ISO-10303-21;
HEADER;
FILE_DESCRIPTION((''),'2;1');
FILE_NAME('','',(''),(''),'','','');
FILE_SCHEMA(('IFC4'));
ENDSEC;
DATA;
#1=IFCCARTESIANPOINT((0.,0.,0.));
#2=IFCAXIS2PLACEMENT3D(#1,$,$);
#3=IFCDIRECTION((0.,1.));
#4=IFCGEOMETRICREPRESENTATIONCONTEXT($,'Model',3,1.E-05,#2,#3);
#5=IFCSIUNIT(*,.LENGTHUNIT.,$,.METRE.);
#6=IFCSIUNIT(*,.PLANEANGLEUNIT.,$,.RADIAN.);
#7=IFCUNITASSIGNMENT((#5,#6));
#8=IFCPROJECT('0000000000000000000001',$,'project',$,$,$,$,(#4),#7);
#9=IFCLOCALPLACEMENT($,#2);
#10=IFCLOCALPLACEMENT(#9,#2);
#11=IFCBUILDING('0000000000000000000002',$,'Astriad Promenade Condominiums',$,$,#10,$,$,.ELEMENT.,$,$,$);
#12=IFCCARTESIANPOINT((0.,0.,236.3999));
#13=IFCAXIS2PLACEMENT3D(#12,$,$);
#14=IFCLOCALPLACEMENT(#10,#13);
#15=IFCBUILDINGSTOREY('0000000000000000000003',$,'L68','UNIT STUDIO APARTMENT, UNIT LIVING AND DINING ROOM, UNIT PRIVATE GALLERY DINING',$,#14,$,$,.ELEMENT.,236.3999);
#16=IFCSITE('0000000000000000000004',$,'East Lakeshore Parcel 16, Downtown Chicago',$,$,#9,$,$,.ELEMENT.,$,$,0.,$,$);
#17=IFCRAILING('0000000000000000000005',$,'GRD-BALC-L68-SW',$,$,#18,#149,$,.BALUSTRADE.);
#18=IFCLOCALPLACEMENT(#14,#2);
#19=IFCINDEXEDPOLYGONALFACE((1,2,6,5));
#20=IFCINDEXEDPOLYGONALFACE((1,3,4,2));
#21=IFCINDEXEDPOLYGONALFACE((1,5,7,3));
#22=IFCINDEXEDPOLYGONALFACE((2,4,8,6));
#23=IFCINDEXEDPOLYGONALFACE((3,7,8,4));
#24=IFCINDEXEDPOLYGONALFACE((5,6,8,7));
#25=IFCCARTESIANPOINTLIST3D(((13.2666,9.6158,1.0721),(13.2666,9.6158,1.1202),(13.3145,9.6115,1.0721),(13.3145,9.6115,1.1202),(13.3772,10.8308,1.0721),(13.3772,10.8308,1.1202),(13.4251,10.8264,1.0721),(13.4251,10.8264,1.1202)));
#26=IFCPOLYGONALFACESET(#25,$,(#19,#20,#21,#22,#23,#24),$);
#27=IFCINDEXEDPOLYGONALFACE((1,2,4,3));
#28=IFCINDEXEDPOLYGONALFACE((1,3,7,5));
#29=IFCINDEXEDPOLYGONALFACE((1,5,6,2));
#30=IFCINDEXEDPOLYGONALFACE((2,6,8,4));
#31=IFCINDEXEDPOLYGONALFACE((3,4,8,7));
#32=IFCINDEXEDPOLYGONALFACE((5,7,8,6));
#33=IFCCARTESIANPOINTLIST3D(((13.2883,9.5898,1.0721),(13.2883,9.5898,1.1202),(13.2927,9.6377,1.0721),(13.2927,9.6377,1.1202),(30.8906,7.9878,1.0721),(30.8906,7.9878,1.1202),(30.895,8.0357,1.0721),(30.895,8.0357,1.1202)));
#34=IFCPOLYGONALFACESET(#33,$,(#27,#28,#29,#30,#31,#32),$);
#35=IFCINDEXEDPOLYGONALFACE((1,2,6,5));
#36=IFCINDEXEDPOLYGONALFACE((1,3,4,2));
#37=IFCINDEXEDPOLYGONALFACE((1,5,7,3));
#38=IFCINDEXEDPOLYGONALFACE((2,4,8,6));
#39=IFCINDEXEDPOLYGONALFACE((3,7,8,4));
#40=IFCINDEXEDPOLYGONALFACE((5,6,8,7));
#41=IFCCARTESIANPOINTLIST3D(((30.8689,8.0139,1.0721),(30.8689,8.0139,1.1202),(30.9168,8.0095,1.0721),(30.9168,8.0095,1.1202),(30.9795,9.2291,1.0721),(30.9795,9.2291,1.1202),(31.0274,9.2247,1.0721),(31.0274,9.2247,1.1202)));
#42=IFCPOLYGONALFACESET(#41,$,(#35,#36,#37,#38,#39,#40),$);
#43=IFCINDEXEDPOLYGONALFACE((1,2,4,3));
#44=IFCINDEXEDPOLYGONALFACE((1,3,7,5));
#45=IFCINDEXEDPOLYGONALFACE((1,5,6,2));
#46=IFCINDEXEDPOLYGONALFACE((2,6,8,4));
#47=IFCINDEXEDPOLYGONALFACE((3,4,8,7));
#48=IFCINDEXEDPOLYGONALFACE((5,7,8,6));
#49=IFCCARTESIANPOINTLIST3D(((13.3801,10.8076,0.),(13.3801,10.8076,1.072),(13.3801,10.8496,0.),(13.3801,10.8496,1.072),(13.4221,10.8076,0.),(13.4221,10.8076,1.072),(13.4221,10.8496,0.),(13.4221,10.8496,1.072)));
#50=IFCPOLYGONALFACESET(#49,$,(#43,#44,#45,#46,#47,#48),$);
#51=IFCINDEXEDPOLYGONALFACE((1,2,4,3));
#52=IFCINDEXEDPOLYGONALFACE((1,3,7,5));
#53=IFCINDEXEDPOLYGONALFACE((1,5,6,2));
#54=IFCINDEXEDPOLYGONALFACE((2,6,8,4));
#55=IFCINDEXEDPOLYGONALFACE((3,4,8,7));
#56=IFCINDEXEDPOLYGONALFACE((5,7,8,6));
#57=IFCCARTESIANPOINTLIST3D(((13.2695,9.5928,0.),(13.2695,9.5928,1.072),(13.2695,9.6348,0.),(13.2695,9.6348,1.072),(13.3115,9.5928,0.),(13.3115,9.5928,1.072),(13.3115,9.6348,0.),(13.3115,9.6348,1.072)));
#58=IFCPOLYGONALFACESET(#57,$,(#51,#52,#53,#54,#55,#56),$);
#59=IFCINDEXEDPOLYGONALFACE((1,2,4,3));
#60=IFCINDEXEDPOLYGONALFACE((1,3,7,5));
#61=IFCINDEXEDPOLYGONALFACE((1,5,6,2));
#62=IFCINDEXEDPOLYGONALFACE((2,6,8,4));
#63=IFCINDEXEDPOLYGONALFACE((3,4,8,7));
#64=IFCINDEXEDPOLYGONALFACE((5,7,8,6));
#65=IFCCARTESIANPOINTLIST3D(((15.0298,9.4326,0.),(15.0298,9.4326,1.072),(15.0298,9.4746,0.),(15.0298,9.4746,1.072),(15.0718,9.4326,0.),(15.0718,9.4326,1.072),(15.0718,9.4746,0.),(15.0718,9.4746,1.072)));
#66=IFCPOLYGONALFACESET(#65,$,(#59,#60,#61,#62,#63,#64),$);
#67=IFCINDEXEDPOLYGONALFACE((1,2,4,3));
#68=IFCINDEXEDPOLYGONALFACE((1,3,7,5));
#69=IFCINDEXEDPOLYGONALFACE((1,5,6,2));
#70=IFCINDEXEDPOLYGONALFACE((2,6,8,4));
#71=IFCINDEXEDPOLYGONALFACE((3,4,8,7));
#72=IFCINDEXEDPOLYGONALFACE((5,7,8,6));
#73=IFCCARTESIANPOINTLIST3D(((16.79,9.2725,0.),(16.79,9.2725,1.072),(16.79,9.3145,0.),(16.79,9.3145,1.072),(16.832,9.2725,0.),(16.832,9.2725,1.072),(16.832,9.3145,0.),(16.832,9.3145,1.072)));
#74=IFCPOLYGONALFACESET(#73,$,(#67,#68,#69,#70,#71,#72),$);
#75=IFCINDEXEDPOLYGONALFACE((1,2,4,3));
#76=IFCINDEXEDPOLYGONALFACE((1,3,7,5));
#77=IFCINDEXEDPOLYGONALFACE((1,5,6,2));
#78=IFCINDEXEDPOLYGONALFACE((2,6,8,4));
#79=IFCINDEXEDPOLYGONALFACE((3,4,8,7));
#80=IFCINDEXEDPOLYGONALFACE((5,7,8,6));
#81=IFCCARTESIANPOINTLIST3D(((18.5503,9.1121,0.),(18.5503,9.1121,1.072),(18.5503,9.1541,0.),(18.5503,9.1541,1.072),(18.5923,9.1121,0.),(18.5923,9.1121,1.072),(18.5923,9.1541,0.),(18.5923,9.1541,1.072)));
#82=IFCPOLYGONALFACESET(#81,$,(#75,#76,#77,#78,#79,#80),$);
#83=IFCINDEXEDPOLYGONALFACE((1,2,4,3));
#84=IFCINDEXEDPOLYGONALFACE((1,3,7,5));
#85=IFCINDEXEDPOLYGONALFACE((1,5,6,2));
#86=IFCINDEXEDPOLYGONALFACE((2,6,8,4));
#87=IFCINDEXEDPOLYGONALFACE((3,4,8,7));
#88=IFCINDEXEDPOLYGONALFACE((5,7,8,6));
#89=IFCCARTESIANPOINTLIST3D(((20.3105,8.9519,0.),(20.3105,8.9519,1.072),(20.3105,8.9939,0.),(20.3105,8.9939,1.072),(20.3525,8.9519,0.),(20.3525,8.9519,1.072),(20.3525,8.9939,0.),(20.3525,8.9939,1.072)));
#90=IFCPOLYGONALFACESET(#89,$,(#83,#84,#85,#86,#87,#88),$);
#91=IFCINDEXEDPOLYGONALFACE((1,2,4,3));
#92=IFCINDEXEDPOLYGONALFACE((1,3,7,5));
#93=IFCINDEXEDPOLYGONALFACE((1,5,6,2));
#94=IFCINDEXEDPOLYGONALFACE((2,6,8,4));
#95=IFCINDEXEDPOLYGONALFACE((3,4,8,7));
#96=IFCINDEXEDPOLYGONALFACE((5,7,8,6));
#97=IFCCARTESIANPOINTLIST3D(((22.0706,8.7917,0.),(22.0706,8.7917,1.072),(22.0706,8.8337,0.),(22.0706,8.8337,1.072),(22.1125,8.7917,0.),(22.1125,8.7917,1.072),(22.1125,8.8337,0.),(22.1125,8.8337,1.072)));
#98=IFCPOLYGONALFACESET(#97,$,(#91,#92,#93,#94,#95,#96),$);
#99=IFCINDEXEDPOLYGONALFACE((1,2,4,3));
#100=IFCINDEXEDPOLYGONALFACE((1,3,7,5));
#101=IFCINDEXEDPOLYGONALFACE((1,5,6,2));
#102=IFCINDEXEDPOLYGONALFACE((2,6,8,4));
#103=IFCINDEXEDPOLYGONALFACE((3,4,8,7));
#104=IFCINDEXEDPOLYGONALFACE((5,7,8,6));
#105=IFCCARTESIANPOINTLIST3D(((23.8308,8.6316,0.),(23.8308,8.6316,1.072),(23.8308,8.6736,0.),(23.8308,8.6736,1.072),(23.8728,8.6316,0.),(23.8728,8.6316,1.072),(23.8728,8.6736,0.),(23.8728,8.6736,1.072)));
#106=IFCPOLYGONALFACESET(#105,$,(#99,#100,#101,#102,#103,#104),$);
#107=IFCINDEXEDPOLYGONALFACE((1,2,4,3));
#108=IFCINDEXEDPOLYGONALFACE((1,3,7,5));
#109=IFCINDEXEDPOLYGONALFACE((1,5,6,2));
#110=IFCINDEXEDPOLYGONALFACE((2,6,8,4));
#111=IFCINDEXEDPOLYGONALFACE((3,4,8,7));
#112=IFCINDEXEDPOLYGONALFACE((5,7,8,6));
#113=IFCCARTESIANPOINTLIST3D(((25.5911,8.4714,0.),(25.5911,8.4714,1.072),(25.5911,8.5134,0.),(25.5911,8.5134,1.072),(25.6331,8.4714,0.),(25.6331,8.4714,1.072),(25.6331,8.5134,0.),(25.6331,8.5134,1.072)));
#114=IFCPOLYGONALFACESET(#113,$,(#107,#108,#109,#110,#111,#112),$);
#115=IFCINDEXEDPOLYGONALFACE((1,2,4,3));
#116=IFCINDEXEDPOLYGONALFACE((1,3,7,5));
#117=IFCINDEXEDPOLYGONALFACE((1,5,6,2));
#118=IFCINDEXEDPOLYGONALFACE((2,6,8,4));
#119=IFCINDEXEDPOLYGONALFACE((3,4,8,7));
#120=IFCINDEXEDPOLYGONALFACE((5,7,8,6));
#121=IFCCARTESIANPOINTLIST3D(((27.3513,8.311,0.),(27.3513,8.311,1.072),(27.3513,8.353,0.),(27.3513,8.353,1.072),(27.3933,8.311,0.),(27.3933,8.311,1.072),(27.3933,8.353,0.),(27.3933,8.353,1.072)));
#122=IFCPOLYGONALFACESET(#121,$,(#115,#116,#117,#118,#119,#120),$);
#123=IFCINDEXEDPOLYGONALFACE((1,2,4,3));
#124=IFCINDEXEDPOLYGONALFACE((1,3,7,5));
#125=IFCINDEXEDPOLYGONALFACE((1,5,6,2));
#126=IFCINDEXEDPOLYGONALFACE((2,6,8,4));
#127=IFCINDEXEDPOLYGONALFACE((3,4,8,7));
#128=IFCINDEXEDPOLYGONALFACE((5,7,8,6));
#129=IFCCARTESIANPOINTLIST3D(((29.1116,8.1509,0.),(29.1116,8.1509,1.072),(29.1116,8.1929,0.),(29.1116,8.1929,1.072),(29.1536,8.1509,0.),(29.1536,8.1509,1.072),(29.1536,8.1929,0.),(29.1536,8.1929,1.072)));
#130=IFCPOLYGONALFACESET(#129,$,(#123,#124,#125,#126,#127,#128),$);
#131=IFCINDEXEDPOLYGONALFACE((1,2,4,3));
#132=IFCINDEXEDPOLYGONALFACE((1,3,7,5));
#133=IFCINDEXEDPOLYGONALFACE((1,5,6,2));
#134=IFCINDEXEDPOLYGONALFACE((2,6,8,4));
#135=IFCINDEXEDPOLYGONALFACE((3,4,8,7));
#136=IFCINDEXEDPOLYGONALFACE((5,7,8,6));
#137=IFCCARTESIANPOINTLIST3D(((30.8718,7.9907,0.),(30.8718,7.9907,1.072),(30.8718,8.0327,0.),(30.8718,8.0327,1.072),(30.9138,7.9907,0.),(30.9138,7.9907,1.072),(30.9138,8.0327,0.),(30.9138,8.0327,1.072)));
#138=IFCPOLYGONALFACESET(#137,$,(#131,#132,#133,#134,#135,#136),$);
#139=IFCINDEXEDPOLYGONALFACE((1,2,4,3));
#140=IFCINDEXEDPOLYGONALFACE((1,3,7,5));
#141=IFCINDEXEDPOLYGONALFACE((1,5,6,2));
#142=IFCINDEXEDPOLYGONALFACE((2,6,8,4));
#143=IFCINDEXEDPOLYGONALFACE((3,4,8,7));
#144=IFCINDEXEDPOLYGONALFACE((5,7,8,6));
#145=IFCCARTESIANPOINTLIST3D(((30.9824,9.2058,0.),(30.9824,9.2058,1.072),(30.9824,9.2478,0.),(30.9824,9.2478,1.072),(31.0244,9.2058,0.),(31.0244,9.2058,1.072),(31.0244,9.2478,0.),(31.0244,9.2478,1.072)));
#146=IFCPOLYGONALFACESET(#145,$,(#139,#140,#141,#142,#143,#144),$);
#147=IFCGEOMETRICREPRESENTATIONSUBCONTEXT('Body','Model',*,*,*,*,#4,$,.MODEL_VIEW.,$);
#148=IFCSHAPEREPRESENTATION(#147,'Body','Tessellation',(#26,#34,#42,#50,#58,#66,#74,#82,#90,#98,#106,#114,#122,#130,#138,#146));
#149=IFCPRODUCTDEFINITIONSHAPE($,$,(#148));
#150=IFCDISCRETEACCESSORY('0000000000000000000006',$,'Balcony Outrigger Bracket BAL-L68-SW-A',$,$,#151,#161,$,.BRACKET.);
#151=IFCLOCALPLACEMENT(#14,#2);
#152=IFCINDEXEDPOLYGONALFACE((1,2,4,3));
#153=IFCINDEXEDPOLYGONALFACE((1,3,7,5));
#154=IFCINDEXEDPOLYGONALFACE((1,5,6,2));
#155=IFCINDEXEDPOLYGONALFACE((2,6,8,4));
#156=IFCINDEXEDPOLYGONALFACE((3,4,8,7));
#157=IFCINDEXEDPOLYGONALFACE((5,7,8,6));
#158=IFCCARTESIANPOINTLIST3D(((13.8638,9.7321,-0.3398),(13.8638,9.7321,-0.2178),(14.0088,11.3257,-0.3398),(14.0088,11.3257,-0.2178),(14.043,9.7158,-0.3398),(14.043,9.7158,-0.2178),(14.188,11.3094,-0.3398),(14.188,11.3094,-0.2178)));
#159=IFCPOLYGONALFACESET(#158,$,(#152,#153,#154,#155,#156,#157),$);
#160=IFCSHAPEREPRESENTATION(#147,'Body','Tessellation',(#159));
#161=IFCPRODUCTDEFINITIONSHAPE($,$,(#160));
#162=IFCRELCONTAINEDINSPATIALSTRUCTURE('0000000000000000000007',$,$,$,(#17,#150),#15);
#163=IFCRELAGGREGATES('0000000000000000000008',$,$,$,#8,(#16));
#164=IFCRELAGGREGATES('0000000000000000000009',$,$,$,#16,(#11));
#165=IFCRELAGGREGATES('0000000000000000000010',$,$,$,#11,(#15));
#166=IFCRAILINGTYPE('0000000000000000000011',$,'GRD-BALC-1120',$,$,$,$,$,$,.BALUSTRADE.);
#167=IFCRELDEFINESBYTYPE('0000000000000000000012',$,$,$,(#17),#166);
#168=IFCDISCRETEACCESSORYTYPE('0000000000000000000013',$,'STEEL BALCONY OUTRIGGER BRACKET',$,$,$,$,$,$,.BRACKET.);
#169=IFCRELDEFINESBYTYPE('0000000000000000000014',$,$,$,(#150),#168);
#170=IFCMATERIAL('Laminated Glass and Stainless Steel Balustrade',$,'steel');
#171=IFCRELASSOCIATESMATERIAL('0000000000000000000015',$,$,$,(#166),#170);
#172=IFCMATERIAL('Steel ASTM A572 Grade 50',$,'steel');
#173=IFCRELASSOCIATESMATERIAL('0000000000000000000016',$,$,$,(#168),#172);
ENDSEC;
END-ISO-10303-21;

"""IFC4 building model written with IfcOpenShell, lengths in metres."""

from ifc_helpers import new_model, si_unit, direction, frame, origin, origin_2d, place, context, subcontext, project, spatial, rectangle, extrude, source, transform, mapped, material, type_object, type_shapes, element, save


model = new_model("IFC4")

# Units and contexts
model_context = context("Model", 3, precision=1e-05, world=origin(), true_north=direction((0.0, 1.0)))
body_context = subcontext(model_context, "Body", "Model", "MODEL_VIEW")
ifc_project = project(units=[si_unit("LENGTHUNIT", "METRE"), si_unit("PLANEANGLEUNIT", "RADIAN")], contexts=[model_context])

# Site, building, storey
site_placement = place(None, origin())
site = spatial("IfcSite", under=ifc_project, at=site_placement, Name="East Lakeshore Parcel 16, Downtown Chicago", CompositionType="ELEMENT", RefElevation=0.0)
building_placement = place(site_placement, origin())
building = spatial("IfcBuilding", under=site, at=building_placement, Name="Astriad Promenade Condominiums", CompositionType="ELEMENT")
storey_placement = place(building_placement, frame((0.0, 0.0, 236.3999)))
storey = spatial("IfcBuildingStorey", under=building, at=storey_placement, Name="L68", Description="UNIT STUDIO APARTMENT, UNIT LIVING AND DINING ROOM, UNIT PRIVATE GALLERY DINING", CompositionType="ELEMENT", Elevation=236.3999)

# Railing
ifc_material_1 = material(Name="Laminated Glass and Stainless Steel Balustrade", Category="steel")
railing_type = type_object("IfcRailingType", Name="GRD-BALC-1120", PredefinedType="BALUSTRADE", material=ifc_material_1)
shared_shape_1 = source(origin(), body_context, "Body", "SweptSolid", [
    extrude(rectangle(XDim=0.0481, YDim=0.0481, at=origin_2d()), frame((0.0, 0.0, 1.0962), z_axis=(-0.090662, -0.995882, 0.0), x_axis=(0.995882, -0.090662, 0.0)), (0.0, 0.0, 1.0), 1.22),
    extrude(rectangle(XDim=0.0481, YDim=0.0481, at=origin_2d()), frame((-0.1106, -1.2148, 1.0962), z_axis=(0.995884, -0.090639, 0.0), x_axis=(0.090639, 0.995884, 0.0)), (0.0, 0.0, 1.0), 17.675),
    extrude(rectangle(XDim=0.0481, YDim=0.0481, at=origin_2d()), frame((17.4917, -2.8169, 1.0962), z_axis=(0.090644, 0.995883, 0.0), x_axis=(-0.995883, 0.090644, 0.0)), (0.0, 0.0, 1.0), 1.2202),
    extrude(rectangle(XDim=0.042, YDim=0.042, at=origin_2d()), origin(), (0.0, 0.0, 1.0), 1.072),
    extrude(rectangle(XDim=0.042, YDim=0.042, at=origin_2d()), frame((-0.1106, -1.2148, 0.0)), (0.0, 0.0, 1.0), 1.072),
    extrude(rectangle(XDim=0.042, YDim=0.042, at=origin_2d()), frame((1.6497, -1.375, 0.0)), (0.0, 0.0, 1.0), 1.072),
    extrude(rectangle(XDim=0.042, YDim=0.042, at=origin_2d()), frame((3.4099, -1.5352, 0.0)), (0.0, 0.0, 1.0), 1.072),
    extrude(rectangle(XDim=0.042, YDim=0.042, at=origin_2d()), frame((5.1702, -1.6956, 0.0)), (0.0, 0.0, 1.0), 1.072),
    extrude(rectangle(XDim=0.042, YDim=0.042, at=origin_2d()), frame((6.9304, -1.8557, 0.0)), (0.0, 0.0, 1.0), 1.072),
    extrude(rectangle(XDim=0.042, YDim=0.042, at=origin_2d()), frame((8.6904, -2.0159, 0.0)), (0.0, 0.0, 1.0), 1.072),
    extrude(rectangle(XDim=0.042, YDim=0.042, at=origin_2d()), frame((10.4507, -2.176, 0.0)), (0.0, 0.0, 1.0), 1.072),
    extrude(rectangle(XDim=0.042, YDim=0.042, at=origin_2d()), frame((12.2109, -2.3362, 0.0)), (0.0, 0.0, 1.0), 1.072),
    extrude(rectangle(XDim=0.042, YDim=0.042, at=origin_2d()), frame((13.9712, -2.4966, 0.0)), (0.0, 0.0, 1.0), 1.072),
    extrude(rectangle(XDim=0.042, YDim=0.042, at=origin_2d()), frame((15.7314, -2.6567, 0.0)), (0.0, 0.0, 1.0), 1.072),
    extrude(rectangle(XDim=0.042, YDim=0.042, at=origin_2d()), frame((17.4917, -2.8169, 0.0)), (0.0, 0.0, 1.0), 1.072),
    extrude(rectangle(XDim=0.042, YDim=0.042, at=origin_2d()), frame((17.6023, -1.6018, 0.0)), (0.0, 0.0, 1.0), 1.072),
])
type_shapes(railing_type, [shared_shape_1])
railing_placement = place(storey_placement, frame((13.4011, 10.8286, 0.0)))
element("IfcRailing", 1, at=railing_placement, inside=storey, type_object=railing_type, Name="GRD-BALC-L68-SW", PredefinedType="BALUSTRADE", context=body_context, shape_type="MappedRepresentation", body=[
    mapped(shared_shape_1, transform((0.0, 0.0, 0.0), scale=1.0)),
])

# Discrete accessory
ifc_material_2 = material(Name="Steel ASTM A572 Grade 50", Category="steel")
discrete_accessory_type = type_object("IfcDiscreteAccessoryType", Name="STEEL BALCONY OUTRIGGER BRACKET", PredefinedType="BRACKET", material=ifc_material_2)
shared_shape_2 = source(origin(), body_context, "Body", "SweptSolid", [
    extrude(rectangle(XDim=1.6001, YDim=0.1799, at=origin_2d()), origin(), (0.0, 0.0, 1.0), 0.1221),
])
type_shapes(discrete_accessory_type, [shared_shape_2])
discrete_accessory_placement = place(storey_placement, frame((14.0259, 10.5208, -0.3398), z_axis=(0.0, 0.0, 1.0), x_axis=(-0.090633, -0.995884, 0.0)))
element("IfcDiscreteAccessory", 2, at=discrete_accessory_placement, inside=storey, type_object=discrete_accessory_type, Name="Balcony Outrigger Bracket BAL-L68-SW-A", PredefinedType="BRACKET", context=body_context, shape_type="MappedRepresentation", body=[
    mapped(shared_shape_2, transform((0.0, 0.0, 0.0), scale=1.0)),
])

save(model, "model.ifc")
